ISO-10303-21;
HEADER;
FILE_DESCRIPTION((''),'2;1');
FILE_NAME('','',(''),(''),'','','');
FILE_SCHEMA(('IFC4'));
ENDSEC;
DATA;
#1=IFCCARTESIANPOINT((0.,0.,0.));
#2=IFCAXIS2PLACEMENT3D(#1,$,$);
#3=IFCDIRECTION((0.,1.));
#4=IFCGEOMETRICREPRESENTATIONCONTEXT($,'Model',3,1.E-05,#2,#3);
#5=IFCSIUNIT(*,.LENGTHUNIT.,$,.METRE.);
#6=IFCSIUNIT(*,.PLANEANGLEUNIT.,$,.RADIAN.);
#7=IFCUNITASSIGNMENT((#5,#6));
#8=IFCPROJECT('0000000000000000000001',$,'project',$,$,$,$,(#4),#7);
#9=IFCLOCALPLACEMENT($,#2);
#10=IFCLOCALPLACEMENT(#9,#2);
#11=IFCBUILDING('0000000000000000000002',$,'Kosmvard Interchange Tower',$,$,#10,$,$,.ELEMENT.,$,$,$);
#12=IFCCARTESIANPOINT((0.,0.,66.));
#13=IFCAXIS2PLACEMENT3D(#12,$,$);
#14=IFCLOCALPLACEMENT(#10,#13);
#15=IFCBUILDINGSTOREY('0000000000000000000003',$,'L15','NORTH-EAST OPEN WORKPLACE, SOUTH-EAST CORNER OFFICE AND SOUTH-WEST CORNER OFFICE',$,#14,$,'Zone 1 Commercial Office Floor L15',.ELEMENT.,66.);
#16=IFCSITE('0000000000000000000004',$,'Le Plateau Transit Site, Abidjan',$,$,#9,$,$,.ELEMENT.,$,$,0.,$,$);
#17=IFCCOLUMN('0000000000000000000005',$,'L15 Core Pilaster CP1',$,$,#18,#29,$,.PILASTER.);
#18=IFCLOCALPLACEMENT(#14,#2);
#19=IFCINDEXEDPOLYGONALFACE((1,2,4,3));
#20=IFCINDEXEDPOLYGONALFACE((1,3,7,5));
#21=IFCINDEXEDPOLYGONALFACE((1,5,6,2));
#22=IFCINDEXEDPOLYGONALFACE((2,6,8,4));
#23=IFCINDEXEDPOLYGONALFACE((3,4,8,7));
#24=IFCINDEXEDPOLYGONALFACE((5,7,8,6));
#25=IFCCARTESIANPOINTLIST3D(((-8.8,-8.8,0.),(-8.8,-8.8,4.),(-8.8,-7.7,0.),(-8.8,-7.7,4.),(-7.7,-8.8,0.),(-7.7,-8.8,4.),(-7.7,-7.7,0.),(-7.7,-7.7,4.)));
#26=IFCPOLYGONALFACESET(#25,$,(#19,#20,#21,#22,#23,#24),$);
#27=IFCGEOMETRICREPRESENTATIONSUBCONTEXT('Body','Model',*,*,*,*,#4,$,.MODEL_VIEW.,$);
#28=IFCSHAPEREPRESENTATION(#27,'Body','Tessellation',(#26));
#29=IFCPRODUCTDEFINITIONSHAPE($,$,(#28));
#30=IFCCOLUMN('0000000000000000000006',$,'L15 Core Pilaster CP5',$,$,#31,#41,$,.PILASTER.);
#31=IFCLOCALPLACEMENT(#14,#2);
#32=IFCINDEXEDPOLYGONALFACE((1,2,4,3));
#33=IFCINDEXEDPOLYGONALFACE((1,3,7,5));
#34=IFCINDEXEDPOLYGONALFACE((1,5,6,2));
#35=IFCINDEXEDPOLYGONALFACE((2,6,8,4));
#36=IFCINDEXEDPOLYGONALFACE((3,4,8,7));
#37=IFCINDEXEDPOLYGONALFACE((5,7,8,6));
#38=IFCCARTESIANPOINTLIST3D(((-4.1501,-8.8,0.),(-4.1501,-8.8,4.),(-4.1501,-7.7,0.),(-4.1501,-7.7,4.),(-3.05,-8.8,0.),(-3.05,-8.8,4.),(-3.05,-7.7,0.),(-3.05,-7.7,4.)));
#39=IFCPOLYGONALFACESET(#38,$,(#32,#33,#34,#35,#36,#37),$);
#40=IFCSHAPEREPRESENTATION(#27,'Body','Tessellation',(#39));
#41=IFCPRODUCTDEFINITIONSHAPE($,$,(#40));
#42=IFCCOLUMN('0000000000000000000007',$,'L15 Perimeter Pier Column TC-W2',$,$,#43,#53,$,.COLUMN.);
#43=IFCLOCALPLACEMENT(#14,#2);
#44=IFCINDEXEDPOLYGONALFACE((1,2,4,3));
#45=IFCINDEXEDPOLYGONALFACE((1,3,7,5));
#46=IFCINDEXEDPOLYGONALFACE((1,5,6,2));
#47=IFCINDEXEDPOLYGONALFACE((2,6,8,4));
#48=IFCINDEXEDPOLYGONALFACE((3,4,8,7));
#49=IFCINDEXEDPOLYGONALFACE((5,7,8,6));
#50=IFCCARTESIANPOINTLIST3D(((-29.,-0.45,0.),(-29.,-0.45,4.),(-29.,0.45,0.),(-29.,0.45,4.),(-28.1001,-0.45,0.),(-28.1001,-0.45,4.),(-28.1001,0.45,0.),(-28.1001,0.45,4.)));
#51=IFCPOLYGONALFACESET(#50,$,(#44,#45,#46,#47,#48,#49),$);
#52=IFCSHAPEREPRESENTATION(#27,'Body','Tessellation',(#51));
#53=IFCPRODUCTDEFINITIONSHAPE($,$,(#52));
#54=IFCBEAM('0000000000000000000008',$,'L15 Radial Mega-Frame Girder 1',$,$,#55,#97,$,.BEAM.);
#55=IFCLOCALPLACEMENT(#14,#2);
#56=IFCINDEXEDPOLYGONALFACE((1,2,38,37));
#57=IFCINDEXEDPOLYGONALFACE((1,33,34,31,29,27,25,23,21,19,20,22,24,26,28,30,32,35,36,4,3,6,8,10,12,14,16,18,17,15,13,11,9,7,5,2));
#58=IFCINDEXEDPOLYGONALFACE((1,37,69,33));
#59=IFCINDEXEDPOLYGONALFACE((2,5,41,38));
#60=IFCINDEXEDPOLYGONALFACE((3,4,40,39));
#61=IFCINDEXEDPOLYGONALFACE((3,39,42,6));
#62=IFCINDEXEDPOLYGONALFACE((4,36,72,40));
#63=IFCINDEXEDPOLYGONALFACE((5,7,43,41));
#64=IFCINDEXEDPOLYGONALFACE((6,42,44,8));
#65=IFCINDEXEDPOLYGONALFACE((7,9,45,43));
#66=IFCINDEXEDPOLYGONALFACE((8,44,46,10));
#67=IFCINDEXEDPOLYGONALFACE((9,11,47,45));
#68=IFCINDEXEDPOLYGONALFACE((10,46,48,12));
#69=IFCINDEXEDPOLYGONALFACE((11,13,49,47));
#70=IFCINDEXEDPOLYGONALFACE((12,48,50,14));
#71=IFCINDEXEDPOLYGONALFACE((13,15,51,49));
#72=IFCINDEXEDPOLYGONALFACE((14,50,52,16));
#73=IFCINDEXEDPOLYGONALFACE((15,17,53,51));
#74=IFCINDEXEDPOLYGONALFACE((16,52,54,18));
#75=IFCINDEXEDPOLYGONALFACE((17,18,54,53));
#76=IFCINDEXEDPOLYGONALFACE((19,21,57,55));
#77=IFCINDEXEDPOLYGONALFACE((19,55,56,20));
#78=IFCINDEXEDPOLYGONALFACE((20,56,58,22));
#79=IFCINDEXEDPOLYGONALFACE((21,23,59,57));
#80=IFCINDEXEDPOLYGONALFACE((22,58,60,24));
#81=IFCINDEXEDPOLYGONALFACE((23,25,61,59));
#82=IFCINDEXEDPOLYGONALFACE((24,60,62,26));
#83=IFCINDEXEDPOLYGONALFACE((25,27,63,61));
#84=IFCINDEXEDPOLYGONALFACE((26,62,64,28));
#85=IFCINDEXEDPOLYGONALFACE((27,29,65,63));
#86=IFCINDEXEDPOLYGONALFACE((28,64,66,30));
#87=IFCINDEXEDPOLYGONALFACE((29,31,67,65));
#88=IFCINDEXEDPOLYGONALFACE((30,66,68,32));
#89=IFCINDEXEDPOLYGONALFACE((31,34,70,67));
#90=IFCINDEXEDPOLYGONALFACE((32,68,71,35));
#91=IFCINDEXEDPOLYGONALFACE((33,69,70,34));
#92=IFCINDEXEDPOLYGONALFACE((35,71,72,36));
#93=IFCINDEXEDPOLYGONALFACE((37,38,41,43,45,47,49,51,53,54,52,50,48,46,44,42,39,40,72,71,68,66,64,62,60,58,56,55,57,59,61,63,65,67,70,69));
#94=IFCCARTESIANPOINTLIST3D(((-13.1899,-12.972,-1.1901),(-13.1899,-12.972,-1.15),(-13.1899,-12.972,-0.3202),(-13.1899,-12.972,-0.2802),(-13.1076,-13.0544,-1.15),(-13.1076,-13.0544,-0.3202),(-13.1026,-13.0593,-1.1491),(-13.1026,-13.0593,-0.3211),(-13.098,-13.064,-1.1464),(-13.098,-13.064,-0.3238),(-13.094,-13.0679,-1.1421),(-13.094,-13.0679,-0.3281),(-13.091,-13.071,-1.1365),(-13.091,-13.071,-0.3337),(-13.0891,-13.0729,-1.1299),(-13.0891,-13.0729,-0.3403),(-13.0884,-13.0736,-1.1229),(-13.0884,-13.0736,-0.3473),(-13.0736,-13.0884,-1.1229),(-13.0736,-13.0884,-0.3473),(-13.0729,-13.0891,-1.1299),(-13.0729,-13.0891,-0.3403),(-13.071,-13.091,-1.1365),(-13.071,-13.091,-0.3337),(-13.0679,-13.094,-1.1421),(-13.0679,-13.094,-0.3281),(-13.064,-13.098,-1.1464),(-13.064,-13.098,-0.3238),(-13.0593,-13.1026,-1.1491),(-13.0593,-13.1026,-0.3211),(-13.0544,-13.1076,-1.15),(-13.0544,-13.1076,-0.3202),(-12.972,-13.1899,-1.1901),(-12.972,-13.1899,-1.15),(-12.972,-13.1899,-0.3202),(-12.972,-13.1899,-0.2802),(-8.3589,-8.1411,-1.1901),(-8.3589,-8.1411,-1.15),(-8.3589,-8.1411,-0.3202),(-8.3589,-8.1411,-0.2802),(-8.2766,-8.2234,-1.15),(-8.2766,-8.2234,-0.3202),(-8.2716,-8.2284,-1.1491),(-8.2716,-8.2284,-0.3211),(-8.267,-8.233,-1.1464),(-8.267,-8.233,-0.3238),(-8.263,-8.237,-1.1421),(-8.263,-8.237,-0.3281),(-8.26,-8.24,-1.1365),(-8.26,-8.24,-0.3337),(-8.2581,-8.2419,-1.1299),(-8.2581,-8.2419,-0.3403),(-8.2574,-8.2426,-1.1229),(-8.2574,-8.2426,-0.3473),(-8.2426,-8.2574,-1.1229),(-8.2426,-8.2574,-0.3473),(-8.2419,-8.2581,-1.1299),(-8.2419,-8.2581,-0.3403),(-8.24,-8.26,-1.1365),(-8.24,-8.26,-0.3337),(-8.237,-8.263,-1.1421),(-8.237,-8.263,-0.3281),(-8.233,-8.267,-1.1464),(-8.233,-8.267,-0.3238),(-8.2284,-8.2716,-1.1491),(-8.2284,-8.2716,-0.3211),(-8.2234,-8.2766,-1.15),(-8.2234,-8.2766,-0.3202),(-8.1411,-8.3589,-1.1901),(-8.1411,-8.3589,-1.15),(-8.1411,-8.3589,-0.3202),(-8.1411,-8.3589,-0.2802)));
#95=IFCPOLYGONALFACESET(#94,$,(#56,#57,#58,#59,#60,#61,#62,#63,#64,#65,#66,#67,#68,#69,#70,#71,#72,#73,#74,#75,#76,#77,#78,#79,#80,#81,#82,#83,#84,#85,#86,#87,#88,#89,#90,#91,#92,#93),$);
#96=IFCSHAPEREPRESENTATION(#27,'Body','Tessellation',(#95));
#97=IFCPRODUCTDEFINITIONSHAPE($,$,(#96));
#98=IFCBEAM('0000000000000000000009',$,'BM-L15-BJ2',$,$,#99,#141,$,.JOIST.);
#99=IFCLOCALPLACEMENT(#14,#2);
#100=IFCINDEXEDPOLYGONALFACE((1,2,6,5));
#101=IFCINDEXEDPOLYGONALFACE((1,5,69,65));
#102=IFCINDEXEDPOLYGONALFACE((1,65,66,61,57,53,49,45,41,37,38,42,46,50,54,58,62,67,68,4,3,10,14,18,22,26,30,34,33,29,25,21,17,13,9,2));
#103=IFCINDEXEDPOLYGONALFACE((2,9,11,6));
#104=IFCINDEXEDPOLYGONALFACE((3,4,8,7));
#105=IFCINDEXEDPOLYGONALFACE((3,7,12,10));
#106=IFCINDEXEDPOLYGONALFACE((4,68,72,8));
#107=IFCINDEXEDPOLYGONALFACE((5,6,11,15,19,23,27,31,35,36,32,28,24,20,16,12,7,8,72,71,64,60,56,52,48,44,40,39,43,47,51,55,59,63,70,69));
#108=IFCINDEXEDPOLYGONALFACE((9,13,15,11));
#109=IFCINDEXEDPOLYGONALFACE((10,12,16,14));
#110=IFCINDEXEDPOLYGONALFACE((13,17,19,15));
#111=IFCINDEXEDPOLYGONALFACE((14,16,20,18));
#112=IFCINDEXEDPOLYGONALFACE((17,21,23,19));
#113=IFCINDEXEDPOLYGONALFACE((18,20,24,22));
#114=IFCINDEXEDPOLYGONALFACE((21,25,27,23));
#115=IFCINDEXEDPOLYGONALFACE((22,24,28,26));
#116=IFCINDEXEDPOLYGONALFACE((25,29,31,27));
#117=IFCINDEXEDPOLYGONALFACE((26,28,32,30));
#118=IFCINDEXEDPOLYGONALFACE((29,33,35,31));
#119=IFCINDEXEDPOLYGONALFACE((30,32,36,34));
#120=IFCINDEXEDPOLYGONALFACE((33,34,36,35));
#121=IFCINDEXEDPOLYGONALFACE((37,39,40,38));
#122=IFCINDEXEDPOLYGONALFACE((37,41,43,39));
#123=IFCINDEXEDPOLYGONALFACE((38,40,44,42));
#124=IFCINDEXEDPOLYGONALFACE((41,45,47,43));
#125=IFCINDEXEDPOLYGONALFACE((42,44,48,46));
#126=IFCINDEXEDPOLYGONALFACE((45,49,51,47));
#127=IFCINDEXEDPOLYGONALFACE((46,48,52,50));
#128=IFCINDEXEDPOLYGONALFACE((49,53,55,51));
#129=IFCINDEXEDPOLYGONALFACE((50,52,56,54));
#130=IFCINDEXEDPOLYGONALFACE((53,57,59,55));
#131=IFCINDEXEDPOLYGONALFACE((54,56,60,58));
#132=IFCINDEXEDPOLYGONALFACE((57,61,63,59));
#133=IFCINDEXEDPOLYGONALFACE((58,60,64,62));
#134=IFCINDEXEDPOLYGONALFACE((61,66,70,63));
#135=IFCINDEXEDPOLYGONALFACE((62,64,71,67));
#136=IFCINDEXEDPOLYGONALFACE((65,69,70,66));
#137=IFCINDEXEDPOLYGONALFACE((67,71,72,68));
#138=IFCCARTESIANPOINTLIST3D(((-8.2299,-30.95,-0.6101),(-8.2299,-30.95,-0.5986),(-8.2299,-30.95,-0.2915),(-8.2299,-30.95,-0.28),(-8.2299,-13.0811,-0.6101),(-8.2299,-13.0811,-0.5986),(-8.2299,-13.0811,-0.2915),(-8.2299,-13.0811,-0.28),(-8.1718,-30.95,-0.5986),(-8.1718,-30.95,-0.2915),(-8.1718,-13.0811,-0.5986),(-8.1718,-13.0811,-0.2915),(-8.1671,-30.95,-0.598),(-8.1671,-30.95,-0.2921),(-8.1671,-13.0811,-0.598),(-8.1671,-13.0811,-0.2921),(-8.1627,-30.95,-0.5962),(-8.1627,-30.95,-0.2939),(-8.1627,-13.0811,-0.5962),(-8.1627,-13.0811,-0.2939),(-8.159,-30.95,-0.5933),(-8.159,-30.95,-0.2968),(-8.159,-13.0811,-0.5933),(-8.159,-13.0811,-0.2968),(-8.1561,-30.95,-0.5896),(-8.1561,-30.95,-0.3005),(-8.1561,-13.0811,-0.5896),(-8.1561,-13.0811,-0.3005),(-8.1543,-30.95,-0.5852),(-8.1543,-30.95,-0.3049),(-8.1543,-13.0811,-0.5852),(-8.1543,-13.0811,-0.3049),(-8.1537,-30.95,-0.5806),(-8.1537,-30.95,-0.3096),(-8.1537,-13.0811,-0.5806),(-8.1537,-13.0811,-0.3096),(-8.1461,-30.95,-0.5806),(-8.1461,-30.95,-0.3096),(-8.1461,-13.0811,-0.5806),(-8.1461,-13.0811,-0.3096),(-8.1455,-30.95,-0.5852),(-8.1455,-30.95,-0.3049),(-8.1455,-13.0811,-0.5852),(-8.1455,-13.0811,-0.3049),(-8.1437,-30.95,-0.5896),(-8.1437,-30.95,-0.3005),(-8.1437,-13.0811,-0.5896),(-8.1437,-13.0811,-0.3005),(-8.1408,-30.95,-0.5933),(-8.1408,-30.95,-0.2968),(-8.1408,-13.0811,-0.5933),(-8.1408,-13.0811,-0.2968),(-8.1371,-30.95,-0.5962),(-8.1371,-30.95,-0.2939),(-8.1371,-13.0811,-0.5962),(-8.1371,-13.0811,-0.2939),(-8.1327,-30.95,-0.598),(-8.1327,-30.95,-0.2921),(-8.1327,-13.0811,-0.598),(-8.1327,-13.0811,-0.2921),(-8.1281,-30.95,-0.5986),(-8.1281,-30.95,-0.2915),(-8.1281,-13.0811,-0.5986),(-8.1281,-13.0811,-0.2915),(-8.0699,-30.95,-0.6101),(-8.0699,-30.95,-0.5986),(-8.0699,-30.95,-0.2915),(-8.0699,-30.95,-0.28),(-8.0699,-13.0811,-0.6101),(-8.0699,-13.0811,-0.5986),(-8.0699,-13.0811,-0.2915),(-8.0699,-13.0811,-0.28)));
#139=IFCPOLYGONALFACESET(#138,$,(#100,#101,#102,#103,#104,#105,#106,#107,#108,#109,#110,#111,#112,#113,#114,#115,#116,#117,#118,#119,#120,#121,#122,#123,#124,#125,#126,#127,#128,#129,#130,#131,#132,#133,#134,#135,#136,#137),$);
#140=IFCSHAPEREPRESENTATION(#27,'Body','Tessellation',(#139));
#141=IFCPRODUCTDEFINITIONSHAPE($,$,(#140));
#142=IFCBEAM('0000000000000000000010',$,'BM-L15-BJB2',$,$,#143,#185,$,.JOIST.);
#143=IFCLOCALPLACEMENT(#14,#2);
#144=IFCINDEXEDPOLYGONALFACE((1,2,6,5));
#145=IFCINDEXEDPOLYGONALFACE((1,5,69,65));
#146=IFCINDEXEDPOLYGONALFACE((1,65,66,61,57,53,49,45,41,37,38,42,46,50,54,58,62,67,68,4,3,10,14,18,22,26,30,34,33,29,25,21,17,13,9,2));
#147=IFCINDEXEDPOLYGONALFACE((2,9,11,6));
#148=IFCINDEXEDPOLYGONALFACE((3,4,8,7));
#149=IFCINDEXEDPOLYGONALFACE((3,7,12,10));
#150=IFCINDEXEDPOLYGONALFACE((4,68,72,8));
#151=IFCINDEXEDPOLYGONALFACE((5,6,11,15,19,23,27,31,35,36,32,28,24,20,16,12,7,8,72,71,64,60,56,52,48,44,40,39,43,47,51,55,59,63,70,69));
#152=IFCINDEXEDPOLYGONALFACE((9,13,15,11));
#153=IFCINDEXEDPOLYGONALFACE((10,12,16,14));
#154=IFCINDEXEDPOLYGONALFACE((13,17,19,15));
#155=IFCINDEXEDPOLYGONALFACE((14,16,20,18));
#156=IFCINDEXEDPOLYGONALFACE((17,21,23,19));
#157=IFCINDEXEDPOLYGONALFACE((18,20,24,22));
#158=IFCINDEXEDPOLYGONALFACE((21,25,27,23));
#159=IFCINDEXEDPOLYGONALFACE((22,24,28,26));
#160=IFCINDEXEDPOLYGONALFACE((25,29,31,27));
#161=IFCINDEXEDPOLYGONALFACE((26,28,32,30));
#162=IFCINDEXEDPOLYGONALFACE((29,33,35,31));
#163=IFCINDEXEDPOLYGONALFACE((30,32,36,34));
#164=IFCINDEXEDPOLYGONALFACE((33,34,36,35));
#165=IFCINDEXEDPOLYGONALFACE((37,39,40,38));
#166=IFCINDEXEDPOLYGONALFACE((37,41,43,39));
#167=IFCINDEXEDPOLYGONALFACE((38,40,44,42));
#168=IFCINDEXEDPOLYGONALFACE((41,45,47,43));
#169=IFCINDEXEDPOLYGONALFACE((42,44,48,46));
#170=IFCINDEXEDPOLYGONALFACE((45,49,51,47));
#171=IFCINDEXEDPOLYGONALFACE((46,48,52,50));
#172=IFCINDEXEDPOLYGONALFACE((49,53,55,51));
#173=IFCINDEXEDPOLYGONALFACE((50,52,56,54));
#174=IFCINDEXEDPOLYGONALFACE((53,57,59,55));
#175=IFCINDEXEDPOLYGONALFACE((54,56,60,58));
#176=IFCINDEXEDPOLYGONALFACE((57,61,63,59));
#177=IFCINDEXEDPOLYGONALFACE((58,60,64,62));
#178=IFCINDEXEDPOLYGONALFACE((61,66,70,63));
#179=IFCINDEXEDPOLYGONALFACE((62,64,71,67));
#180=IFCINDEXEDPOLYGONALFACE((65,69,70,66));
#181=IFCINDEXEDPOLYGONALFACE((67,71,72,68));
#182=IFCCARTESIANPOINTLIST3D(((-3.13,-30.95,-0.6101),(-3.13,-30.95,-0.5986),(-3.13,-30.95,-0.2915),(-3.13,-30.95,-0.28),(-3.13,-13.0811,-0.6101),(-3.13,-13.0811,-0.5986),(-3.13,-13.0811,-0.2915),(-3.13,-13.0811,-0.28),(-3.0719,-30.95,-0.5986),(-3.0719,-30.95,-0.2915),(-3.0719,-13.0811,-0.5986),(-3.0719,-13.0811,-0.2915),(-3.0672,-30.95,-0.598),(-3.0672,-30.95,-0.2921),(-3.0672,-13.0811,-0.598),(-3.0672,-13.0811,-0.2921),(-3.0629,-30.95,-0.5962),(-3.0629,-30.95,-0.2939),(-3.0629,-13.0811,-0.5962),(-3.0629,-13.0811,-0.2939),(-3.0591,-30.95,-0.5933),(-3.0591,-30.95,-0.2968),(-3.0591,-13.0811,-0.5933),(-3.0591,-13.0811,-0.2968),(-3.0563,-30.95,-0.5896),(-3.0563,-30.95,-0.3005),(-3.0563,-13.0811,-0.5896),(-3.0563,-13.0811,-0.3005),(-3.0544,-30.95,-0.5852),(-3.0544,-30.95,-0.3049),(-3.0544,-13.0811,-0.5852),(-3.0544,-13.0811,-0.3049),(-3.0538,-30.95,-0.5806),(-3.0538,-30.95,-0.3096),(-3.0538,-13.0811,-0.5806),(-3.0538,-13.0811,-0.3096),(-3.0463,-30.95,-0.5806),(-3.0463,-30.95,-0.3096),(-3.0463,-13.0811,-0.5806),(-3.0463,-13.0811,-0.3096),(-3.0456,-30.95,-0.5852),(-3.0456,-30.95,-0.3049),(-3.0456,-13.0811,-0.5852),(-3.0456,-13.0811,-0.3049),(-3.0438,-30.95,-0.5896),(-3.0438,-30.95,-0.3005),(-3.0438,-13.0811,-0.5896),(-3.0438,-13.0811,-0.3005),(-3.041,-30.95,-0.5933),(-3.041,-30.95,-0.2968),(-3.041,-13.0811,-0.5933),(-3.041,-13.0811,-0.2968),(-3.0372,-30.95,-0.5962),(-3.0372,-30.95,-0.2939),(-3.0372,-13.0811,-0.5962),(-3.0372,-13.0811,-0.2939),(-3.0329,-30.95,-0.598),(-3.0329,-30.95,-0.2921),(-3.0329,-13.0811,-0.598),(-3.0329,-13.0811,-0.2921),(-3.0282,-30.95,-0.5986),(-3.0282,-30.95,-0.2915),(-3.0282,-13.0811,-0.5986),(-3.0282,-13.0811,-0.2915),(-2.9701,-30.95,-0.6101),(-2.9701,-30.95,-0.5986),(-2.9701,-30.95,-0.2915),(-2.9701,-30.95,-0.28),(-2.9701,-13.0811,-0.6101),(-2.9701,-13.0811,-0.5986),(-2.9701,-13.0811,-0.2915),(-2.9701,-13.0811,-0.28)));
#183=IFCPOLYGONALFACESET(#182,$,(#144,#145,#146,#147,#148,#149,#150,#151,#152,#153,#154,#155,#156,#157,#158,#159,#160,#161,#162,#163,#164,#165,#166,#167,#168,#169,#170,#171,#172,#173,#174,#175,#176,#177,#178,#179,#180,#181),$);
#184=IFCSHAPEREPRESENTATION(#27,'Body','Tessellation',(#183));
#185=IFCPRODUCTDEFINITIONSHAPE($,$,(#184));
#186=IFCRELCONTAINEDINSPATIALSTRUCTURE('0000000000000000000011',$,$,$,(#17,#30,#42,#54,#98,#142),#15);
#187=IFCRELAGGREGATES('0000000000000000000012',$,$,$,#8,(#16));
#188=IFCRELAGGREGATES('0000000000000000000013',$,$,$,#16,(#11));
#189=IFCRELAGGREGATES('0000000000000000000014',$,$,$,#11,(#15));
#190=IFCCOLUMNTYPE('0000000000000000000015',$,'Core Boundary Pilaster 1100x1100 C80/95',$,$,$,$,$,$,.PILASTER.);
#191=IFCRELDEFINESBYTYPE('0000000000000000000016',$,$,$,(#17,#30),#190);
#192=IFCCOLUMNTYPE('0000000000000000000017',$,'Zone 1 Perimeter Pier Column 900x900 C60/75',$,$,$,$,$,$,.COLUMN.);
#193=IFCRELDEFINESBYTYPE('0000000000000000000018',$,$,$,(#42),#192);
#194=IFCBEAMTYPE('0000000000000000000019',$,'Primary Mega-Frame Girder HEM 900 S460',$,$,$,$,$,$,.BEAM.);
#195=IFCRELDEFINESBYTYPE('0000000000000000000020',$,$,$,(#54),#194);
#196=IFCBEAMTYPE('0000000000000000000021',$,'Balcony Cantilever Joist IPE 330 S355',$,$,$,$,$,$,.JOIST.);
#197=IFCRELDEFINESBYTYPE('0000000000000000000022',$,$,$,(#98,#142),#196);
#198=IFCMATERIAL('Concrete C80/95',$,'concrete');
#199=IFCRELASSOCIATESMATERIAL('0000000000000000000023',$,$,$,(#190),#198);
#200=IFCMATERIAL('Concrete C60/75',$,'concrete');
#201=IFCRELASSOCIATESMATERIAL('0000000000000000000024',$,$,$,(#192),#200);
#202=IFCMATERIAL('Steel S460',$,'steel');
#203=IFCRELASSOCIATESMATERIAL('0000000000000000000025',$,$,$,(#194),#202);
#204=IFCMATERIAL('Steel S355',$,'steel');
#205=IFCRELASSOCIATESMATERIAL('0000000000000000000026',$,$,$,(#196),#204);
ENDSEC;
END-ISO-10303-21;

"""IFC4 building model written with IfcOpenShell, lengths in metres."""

from ifc_helpers import new_model, si_unit, direction, frame, origin, origin_2d, place, context, subcontext, project, spatial, rectangle, i_section, extrude, source, transform, mapped, material, material_profile, profile_set, type_object, element, save


model = new_model("IFC4")

# Units and contexts
model_context = context("Model", 3, precision=1e-05, world=origin(), true_north=direction((0.0, 1.0)))
body_context = subcontext(model_context, "Body", "Model", "MODEL_VIEW")
ifc_project = project(units=[si_unit("LENGTHUNIT", "METRE"), si_unit("PLANEANGLEUNIT", "RADIAN")], contexts=[model_context])

# Site, building, storey
site_placement = place(None, origin())
site = spatial("IfcSite", under=ifc_project, at=site_placement, Name="Le Plateau Transit Site, Abidjan", CompositionType="ELEMENT", RefElevation=0.0)
building_placement = place(site_placement, origin())
building = spatial("IfcBuilding", under=site, at=building_placement, Name="Kosmvard Interchange Tower", CompositionType="ELEMENT")
storey_placement = place(building_placement, frame((0.0, 0.0, 66.0)))
storey = spatial("IfcBuildingStorey", under=building, at=storey_placement, Name="L15", Description="NORTH-EAST OPEN WORKPLACE, SOUTH-EAST CORNER OFFICE AND SOUTH-WEST CORNER OFFICE", LongName="Zone 1 Commercial Office Floor L15", CompositionType="ELEMENT", Elevation=66.0)

# Columns
ifc_material_1 = material(Name="Concrete C80/95", Category="concrete")
ifc_material_profile_1 = material_profile(ifc_material_1, rectangle(XDim=1.1001, YDim=1.1001, at=origin_2d()), Name="CP 1100x1100")
ifc_profile_set_1 = profile_set([ifc_material_profile_1], Name="Concrete C80/95")
column_type_1 = type_object("IfcColumnType", Name="Core Boundary Pilaster 1100x1100 C80/95", PredefinedType="PILASTER", material=ifc_profile_set_1)
shared_shape_1 = source(origin(), body_context, "Body", "SweptSolid", [
    extrude(rectangle(XDim=1.1001, YDim=1.1001, at=origin_2d()), origin(), (0.0, 0.0, 1.0), 4.0),
])
for number, where, z_axis, x_axis, name in (
    (1, (-8.25, -8.25, 0.0), (0.0, 0.0, 1.0), (1.0, 0.0, 0.0), "L15 Core Pilaster CP1"),
    (2, (-3.6001, -8.25, 0.0), (0.0, 0.0, 1.0), (1.0, 0.0, 0.0), "L15 Core Pilaster CP5"),
):
    element("IfcColumn", number, at=place(storey_placement, frame(where, z_axis=z_axis, x_axis=x_axis)), inside=storey, type_object=column_type_1, Name=name, PredefinedType="PILASTER", context=body_context, shape_type="MappedRepresentation", body=[
        mapped(shared_shape_1, transform((0.0, 0.0, 0.0), scale=1.0)),
    ])
ifc_material_2 = material(Name="Concrete C60/75", Category="concrete")
ifc_material_profile_2 = material_profile(ifc_material_2, rectangle(XDim=0.8999, YDim=0.8999, at=origin_2d()), Name="TC 900x900")
ifc_profile_set_2 = profile_set([ifc_material_profile_2], Name="Concrete C60/75")
column_type_2 = type_object("IfcColumnType", Name="Zone 1 Perimeter Pier Column 900x900 C60/75", PredefinedType="COLUMN", material=ifc_profile_set_2)
shared_shape_2 = source(origin(), body_context, "Body", "SweptSolid", [
    extrude(rectangle(XDim=0.8999, YDim=0.8999, at=origin_2d()), origin(), (0.0, 0.0, 1.0), 4.0),
])
column_placement = place(storey_placement, frame((-28.55, 0.0, 0.0), z_axis=(0.0, 0.0, 1.0), x_axis=(1.0, 0.0, 0.0)))
element("IfcColumn", 3, at=column_placement, inside=storey, type_object=column_type_2, Name="L15 Perimeter Pier Column TC-W2", PredefinedType="COLUMN", context=body_context, shape_type="MappedRepresentation", body=[
    mapped(shared_shape_2, transform((0.0, 0.0, 0.0), scale=1.0)),
])

# Beams
ifc_material_3 = material(Name="Steel S460", Category="steel")
ifc_material_profile_3 = material_profile(ifc_material_3, i_section(OverallWidth=0.3081, OverallDepth=0.9099, WebThickness=0.021, FlangeThickness=0.04, FilletRadius=0.0271, at=origin_2d()), Name="HEM 900")
ifc_profile_set_3 = profile_set([ifc_material_profile_3], Name="Steel S460")
beam_type_1 = type_object("IfcBeamType", Name="Primary Mega-Frame Girder HEM 900 S460", PredefinedType="BEAM", material=ifc_profile_set_3)
shared_shape_3 = source(origin(), body_context, "Body", "SweptSolid", [
    extrude(i_section(OverallWidth=0.3081, OverallDepth=0.9099, WebThickness=0.021, FlangeThickness=0.04, FilletRadius=0.0271, at=origin_2d()), origin(), (0.0, 0.0, 1.0), 6.832),
])
beam_1_placement = place(storey_placement, frame((-8.25, -8.25, -0.7351), z_axis=(-0.707107, -0.707107, 0.0), x_axis=(0.707107, -0.707107, 0.0)))
element("IfcBeam", 4, at=beam_1_placement, inside=storey, type_object=beam_type_1, Name="L15 Radial Mega-Frame Girder 1", PredefinedType="BEAM", context=body_context, shape_type="MappedRepresentation", body=[
    mapped(shared_shape_3, transform((0.0, 0.0, 0.0), scale=1.0)),
])
ifc_material_4 = material(Name="Steel S355", Category="steel")
ifc_material_profile_4 = material_profile(ifc_material_4, i_section(OverallWidth=0.1599, OverallDepth=0.3301, WebThickness=0.0076, FlangeThickness=0.0115, FilletRadius=0.0181, at=origin_2d()), Name="IPE 330")
ifc_profile_set_4 = profile_set([ifc_material_profile_4], Name="Steel S355")
beam_type_2 = type_object("IfcBeamType", Name="Balcony Cantilever Joist IPE 330 S355", PredefinedType="JOIST", material=ifc_profile_set_4)
shared_shape_4 = source(origin(), body_context, "Body", "SweptSolid", [
    extrude(i_section(OverallWidth=0.1599, OverallDepth=0.3301, WebThickness=0.0076, FlangeThickness=0.0115, FilletRadius=0.0181, at=origin_2d()), origin(), (0.0, 0.0, 1.0), 17.8689),
])
for number, where, z_axis, x_axis, name in (
    (5, (-8.1499, -13.0811, -0.4451), (0.0, -1.0, 0.0), (1.0, 0.0, 0.0), "BM-L15-BJ2"),
    (6, (-3.05, -13.0811, -0.4451), (0.0, -1.0, 0.0), (1.0, 0.0, 0.0), "BM-L15-BJB2"),
):
    element("IfcBeam", number, at=place(storey_placement, frame(where, z_axis=z_axis, x_axis=x_axis)), inside=storey, type_object=beam_type_2, Name=name, PredefinedType="JOIST", context=body_context, shape_type="MappedRepresentation", body=[
        mapped(shared_shape_4, transform((0.0, 0.0, 0.0), scale=1.0)),
    ])

save(model, "model.ifc")
